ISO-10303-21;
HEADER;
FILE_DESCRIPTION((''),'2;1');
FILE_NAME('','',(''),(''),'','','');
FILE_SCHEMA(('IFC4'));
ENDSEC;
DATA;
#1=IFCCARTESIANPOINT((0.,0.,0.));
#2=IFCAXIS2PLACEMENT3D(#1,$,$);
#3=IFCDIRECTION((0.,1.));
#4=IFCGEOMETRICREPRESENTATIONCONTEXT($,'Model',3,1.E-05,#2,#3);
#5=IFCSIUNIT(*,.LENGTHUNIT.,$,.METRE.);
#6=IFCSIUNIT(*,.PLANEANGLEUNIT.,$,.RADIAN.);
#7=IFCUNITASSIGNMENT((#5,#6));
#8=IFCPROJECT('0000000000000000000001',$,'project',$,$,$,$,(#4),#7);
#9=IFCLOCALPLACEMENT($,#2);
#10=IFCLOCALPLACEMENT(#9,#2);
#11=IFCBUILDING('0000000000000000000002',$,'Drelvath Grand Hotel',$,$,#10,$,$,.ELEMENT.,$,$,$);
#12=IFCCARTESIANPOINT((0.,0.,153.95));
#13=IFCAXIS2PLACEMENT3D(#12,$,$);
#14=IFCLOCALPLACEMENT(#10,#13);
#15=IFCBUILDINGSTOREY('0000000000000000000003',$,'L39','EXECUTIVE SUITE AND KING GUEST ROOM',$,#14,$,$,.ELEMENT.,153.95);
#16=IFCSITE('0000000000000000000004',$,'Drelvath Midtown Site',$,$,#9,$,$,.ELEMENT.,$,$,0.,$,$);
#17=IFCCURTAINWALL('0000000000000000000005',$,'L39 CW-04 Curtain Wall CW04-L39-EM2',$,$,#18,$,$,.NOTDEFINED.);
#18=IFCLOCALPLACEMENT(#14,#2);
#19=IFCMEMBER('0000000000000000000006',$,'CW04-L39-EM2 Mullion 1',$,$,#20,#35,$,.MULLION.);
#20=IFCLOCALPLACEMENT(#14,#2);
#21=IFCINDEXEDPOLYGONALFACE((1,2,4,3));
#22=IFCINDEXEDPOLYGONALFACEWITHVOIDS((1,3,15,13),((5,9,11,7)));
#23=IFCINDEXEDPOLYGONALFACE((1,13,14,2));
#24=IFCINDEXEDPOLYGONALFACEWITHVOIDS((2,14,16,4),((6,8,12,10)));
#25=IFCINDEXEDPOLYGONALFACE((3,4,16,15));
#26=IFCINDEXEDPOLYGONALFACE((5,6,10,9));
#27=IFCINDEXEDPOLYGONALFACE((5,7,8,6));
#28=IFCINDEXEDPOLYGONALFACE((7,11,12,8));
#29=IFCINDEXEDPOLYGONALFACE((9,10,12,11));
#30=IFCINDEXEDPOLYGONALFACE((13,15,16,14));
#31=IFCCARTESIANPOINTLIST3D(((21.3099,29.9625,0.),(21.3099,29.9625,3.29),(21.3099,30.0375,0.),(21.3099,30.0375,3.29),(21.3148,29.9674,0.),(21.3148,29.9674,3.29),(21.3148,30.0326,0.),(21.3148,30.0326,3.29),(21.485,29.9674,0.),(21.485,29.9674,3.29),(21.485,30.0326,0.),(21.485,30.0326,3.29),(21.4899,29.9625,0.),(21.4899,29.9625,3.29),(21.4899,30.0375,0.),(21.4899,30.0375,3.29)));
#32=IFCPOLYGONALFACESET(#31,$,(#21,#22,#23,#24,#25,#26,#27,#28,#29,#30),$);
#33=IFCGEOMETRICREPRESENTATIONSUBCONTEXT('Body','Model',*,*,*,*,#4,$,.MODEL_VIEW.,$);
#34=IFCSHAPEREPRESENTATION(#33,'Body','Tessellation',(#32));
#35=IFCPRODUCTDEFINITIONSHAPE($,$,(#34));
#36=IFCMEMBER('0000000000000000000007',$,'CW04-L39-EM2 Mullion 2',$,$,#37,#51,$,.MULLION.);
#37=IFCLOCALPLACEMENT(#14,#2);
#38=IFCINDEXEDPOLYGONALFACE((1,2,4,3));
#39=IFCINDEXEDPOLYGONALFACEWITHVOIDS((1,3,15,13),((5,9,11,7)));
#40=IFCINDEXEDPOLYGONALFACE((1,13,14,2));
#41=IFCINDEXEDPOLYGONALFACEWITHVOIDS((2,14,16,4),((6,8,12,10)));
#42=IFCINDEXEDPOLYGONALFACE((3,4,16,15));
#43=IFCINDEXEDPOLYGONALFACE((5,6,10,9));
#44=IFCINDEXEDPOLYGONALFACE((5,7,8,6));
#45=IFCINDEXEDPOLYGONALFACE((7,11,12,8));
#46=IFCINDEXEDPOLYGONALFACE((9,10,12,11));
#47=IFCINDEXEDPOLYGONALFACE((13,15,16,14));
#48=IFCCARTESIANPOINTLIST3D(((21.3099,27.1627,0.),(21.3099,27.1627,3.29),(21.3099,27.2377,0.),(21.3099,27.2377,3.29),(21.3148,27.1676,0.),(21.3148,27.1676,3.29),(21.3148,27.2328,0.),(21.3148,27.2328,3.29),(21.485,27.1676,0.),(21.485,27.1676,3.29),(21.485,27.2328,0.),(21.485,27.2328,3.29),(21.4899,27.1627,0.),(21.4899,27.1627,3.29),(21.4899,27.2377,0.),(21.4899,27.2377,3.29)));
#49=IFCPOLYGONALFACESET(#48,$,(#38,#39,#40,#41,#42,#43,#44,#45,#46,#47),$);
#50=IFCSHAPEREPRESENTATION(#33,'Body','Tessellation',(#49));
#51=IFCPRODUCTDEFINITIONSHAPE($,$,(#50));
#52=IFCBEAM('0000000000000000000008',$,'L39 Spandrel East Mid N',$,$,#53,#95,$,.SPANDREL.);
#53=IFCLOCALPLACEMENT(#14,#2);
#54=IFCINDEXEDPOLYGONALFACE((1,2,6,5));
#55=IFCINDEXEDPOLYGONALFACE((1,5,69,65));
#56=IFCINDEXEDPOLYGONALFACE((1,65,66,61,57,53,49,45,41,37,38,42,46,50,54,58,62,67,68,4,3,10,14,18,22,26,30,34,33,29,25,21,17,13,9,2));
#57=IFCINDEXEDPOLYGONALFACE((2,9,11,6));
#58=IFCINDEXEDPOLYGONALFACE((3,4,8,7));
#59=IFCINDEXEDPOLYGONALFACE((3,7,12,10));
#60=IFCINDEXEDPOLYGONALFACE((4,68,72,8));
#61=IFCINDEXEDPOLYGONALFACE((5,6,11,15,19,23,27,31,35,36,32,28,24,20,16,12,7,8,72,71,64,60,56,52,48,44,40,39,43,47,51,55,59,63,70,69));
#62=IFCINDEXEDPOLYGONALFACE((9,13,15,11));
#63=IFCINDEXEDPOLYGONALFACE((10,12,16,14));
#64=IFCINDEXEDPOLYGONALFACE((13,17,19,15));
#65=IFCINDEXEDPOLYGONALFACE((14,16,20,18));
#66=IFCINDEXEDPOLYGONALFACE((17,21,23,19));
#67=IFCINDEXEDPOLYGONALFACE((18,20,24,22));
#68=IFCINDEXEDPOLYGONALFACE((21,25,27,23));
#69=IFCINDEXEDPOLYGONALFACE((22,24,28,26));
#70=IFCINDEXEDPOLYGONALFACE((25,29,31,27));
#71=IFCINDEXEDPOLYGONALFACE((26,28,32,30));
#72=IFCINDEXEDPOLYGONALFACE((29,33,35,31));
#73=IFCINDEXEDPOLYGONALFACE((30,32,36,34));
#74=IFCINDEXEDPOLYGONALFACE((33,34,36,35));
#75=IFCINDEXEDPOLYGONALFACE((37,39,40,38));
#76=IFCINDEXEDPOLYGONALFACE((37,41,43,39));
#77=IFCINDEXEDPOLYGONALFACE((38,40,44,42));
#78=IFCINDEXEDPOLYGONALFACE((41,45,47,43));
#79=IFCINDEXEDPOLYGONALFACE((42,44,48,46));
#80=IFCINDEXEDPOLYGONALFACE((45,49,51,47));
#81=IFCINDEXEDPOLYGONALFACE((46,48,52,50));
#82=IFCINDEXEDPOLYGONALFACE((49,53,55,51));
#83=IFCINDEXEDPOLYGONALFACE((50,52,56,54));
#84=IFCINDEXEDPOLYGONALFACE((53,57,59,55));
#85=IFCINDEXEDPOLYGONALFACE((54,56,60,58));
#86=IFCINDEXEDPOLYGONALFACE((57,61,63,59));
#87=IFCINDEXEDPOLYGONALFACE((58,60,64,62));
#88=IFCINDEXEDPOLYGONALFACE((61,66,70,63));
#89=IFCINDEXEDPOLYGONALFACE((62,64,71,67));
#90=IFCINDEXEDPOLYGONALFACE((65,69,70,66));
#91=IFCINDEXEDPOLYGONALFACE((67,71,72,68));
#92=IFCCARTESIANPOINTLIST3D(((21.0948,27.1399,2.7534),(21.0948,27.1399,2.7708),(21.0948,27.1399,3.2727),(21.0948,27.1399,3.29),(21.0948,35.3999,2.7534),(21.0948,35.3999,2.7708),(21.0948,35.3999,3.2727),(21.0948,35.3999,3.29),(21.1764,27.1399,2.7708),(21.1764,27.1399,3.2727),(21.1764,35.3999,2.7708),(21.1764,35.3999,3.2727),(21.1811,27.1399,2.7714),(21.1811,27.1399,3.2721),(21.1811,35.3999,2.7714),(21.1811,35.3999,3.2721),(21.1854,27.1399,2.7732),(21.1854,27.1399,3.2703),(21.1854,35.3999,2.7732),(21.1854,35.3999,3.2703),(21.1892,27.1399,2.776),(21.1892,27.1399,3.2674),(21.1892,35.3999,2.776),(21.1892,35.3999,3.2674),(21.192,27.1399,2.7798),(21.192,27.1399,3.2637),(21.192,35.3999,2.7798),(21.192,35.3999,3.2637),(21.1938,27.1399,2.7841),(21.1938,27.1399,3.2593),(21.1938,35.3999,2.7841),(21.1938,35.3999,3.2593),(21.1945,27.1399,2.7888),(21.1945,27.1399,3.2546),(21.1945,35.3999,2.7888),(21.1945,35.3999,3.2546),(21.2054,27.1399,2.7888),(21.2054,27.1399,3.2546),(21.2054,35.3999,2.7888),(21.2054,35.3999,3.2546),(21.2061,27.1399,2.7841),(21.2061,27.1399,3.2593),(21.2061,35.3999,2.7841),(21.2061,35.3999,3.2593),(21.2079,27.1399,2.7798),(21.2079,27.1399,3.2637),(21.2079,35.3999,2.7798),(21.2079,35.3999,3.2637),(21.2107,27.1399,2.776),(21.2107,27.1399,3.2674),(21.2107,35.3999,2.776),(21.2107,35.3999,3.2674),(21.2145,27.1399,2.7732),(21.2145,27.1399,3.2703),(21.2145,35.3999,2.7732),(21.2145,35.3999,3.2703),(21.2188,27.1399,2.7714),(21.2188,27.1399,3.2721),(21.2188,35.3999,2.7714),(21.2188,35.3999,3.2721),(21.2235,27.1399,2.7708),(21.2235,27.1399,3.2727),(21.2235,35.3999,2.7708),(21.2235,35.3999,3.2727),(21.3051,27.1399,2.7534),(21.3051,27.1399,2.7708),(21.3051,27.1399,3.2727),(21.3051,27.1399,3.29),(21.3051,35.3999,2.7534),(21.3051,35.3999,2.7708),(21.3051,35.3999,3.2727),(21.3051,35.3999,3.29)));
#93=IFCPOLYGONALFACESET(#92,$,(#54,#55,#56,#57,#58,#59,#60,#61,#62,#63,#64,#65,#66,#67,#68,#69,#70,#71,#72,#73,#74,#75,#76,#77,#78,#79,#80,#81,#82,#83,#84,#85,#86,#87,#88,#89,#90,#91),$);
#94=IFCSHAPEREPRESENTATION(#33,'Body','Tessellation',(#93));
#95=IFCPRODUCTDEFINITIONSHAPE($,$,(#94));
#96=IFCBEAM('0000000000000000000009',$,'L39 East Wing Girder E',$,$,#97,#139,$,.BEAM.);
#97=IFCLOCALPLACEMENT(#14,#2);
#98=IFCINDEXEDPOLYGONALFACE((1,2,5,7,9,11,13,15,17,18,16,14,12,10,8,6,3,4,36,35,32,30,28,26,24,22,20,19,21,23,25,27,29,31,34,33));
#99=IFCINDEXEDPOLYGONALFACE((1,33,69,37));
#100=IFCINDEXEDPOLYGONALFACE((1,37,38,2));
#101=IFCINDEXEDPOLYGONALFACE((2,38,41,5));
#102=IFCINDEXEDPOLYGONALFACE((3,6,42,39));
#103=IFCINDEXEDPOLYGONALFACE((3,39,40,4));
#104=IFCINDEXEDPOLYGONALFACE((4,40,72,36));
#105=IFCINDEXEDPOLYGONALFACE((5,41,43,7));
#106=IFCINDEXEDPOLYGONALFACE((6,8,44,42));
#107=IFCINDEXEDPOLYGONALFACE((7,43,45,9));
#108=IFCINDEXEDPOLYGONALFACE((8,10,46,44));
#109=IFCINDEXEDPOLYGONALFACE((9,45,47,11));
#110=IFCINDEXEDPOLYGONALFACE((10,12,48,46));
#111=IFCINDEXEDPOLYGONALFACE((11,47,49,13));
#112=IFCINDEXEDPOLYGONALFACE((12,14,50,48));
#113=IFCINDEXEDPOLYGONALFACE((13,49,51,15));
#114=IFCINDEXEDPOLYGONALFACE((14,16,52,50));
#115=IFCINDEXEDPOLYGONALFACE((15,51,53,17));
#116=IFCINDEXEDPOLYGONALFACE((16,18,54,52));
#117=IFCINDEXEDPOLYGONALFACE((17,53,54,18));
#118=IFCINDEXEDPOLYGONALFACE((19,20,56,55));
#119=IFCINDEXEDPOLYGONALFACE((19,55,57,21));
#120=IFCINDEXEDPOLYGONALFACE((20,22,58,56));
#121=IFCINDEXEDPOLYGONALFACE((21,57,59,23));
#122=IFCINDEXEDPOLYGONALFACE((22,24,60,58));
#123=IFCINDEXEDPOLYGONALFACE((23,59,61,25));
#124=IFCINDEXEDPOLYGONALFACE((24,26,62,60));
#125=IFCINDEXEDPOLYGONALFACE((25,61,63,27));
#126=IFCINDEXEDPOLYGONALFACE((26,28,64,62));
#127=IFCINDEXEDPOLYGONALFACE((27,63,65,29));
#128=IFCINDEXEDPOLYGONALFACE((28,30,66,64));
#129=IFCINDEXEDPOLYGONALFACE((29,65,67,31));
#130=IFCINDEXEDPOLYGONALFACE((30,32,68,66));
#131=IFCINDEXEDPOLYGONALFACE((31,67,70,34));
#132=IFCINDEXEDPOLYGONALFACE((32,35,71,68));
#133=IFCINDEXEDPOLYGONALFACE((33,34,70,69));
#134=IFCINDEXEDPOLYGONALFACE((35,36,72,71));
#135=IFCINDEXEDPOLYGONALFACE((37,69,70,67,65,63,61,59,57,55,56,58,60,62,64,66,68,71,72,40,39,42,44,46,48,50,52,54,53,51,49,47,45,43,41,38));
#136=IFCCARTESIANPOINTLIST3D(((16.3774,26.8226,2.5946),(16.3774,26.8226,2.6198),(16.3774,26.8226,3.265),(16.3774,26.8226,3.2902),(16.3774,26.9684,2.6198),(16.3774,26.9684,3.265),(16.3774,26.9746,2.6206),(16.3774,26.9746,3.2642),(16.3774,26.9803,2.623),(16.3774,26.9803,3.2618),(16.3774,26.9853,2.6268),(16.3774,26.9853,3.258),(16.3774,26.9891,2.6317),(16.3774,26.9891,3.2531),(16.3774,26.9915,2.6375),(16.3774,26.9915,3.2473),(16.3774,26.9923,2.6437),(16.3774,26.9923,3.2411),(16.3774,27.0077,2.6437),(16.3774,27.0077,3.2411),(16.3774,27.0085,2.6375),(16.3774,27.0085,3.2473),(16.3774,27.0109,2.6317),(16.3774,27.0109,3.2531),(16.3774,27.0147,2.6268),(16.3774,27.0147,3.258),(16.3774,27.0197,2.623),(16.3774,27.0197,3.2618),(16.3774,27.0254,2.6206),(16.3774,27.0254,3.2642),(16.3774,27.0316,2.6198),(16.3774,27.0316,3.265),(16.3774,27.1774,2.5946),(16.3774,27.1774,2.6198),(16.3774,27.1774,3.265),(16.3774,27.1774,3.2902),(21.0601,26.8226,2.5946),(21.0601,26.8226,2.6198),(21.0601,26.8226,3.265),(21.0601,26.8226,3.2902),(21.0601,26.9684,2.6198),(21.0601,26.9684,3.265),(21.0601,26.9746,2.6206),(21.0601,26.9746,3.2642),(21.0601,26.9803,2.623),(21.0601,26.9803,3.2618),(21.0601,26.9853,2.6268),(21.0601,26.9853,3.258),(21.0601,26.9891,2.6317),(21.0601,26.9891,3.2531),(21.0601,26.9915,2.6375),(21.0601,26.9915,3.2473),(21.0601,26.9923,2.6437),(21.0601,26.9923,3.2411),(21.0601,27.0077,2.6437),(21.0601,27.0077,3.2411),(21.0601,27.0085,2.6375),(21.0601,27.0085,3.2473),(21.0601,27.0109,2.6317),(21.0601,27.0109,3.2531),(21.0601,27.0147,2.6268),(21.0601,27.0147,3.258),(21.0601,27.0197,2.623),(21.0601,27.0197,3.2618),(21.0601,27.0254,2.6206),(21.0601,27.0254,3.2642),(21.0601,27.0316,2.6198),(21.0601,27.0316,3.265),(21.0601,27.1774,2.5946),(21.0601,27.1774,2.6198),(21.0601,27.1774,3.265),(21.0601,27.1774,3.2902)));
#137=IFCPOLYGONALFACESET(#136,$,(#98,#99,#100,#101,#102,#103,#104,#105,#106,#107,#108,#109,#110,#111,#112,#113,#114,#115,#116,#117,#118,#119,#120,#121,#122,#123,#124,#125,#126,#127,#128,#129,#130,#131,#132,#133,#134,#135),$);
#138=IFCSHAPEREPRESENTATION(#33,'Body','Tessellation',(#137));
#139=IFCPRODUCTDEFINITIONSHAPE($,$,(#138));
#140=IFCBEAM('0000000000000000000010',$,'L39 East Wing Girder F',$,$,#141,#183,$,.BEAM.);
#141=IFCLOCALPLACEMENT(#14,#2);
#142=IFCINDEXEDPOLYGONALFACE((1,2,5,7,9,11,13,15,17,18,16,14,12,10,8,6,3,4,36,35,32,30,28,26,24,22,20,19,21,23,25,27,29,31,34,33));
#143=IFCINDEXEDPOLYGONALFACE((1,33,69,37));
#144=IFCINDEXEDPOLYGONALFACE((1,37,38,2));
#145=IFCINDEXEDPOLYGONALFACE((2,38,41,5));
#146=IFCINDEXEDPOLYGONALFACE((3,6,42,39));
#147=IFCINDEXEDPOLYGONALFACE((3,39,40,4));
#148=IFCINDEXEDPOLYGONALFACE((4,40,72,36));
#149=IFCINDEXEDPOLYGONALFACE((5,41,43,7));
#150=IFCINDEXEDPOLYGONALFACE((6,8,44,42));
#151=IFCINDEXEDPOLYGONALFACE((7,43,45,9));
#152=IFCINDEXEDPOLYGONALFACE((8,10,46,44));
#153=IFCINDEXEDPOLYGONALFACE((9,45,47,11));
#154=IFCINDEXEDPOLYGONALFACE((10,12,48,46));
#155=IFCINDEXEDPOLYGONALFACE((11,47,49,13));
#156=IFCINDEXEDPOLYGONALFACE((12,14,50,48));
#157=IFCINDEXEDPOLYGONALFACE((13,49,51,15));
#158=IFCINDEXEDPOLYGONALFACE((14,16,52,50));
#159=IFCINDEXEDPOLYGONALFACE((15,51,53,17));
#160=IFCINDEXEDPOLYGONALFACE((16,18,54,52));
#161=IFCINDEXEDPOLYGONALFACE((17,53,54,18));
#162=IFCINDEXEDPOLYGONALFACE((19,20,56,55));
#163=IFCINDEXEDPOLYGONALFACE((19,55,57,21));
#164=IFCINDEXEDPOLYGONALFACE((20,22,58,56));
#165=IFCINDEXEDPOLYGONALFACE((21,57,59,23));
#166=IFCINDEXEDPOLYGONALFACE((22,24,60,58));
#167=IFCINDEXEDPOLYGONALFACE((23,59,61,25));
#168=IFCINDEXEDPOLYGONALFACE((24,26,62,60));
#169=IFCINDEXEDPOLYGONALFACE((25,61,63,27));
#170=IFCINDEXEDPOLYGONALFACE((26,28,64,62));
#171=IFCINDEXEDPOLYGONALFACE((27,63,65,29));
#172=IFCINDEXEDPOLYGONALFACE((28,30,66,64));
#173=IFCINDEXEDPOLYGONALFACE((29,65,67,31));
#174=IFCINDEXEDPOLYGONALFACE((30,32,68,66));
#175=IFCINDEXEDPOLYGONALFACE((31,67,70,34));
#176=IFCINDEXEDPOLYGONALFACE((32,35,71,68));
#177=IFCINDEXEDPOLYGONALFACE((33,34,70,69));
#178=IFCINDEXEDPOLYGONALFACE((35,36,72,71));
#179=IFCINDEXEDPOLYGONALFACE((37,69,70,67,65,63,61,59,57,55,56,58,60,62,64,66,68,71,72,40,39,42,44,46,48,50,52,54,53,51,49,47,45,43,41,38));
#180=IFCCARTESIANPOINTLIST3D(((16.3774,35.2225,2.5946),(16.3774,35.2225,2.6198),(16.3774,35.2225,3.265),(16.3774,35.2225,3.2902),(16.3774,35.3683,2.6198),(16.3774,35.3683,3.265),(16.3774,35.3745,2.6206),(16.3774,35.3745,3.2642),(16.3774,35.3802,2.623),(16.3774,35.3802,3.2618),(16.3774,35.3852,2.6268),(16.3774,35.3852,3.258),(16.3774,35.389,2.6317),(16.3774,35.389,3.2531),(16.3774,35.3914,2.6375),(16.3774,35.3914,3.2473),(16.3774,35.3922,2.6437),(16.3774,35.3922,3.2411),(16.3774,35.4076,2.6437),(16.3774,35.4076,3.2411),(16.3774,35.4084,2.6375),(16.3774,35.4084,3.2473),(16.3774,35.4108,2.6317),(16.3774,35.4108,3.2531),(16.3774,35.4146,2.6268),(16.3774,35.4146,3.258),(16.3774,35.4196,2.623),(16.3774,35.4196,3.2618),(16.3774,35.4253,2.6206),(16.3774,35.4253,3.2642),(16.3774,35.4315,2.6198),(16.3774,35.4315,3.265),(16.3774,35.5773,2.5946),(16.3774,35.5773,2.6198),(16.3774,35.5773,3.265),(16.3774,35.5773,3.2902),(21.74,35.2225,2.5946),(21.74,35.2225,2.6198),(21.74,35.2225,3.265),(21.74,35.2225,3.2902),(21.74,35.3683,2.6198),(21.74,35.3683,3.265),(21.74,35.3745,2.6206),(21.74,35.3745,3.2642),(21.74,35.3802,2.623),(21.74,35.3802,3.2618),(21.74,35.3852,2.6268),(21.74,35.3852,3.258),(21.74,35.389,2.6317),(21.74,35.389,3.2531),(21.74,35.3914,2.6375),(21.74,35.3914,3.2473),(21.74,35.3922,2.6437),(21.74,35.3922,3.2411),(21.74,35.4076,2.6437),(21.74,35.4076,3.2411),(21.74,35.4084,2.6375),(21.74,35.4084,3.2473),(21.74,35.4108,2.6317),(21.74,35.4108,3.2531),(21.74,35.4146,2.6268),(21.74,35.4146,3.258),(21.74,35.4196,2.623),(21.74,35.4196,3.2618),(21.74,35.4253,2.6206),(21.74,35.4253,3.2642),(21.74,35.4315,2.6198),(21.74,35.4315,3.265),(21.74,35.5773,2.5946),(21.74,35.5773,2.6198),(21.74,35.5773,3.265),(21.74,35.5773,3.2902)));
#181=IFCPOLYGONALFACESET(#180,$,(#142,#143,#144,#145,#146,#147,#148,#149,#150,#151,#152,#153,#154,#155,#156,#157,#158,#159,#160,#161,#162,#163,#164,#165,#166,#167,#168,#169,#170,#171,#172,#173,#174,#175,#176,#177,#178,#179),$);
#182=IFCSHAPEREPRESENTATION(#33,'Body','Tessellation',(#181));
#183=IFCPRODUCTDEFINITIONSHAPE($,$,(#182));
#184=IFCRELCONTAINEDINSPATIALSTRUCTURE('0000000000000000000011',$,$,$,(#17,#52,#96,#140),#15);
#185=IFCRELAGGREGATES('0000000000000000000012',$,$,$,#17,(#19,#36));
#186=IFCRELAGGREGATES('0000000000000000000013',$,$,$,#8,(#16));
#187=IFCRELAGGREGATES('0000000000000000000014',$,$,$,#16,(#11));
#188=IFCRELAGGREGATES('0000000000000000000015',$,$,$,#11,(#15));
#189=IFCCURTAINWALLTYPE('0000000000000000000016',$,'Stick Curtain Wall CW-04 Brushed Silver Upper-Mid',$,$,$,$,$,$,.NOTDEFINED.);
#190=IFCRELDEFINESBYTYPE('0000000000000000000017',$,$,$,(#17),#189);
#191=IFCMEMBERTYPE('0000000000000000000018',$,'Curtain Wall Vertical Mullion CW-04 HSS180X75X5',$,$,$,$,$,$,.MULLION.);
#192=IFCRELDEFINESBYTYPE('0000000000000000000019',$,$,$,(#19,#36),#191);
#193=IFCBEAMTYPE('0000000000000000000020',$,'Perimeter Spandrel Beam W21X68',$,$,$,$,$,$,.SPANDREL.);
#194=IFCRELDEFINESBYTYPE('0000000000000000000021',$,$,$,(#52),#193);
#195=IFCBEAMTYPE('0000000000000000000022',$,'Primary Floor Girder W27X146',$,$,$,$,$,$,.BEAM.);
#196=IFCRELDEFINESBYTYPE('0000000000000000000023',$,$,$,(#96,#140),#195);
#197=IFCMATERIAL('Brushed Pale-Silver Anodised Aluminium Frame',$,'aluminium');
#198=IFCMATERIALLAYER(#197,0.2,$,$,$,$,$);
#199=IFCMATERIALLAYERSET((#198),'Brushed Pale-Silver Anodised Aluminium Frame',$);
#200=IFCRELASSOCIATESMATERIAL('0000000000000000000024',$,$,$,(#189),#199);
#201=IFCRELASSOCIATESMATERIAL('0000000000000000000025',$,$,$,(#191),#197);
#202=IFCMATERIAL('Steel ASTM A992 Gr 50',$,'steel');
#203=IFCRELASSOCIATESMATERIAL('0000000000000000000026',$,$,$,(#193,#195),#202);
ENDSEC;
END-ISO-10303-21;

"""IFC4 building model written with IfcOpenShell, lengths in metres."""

from ifc_helpers import new_model, si_unit, direction, frame, origin, origin_2d, place, context, subcontext, project, spatial, hollow_rectangle, i_section, extrude, material, layer, layer_set, material_profile, profile_set, type_object, element, aggregate, save


model = new_model("IFC4")

# Units and contexts
model_context = context("Model", 3, precision=1e-05, world=origin(), true_north=direction((0.0, 1.0)))
body_context = subcontext(model_context, "Body", "Model", "MODEL_VIEW")
ifc_project = project(units=[si_unit("LENGTHUNIT", "METRE"), si_unit("PLANEANGLEUNIT", "RADIAN")], contexts=[model_context])

# Site, building, storey
site_placement = place(None, origin())
site = spatial("IfcSite", under=ifc_project, at=site_placement, Name="Drelvath Midtown Site", CompositionType="ELEMENT", RefElevation=0.0)
building_placement = place(site_placement, origin())
building = spatial("IfcBuilding", under=site, at=building_placement, Name="Drelvath Grand Hotel", CompositionType="ELEMENT")
storey_placement = place(building_placement, frame((0.0, 0.0, 153.95)))
storey = spatial("IfcBuildingStorey", under=building, at=storey_placement, Name="L39", Description="EXECUTIVE SUITE AND KING GUEST ROOM", CompositionType="ELEMENT", Elevation=153.95)

# Curtain wall
ifc_material_1 = material(Name="Brushed Pale-Silver Anodised Aluminium Frame", Category="aluminium")
ifc_layer_1 = layer(ifc_material_1, 0.2)
ifc_layer_set_1 = layer_set([ifc_layer_1], Name="Brushed Pale-Silver Anodised Aluminium Frame")
curtain_wall_type = type_object("IfcCurtainWallType", Name="Stick Curtain Wall CW-04 Brushed Silver Upper-Mid", PredefinedType="NOTDEFINED", material=ifc_layer_set_1)
curtain_wall_1_placement = place(storey_placement, origin())
curtain_wall_1 = element("IfcCurtainWall", 1, at=curtain_wall_1_placement, inside=storey, type_object=curtain_wall_type, Name="L39 CW-04 Curtain Wall CW04-L39-EM2", PredefinedType="NOTDEFINED")

# Members
ifc_material_profile_1 = material_profile(ifc_material_1, hollow_rectangle(XDim=0.075, YDim=0.1799, WallThickness=0.0049, at=origin_2d()), Name="HSS180X75X5")
ifc_profile_set_1 = profile_set([ifc_material_profile_1], Name="Brushed Pale-Silver Anodised Aluminium Frame")
member_type_1 = type_object("IfcMemberType", Name="Curtain Wall Vertical Mullion CW-04 HSS180X75X5", PredefinedType="MULLION", material=ifc_profile_set_1)
member_1_placement = place(storey_placement, frame((21.3999, 30.0, 0.0), z_axis=(0.0, 0.0, 1.0), x_axis=(0.0, 1.0, 0.0)))
member_1 = element("IfcMember", 2, at=member_1_placement, type_object=member_type_1, Name="CW04-L39-EM2 Mullion 1", PredefinedType="MULLION", context=body_context, shape_type="SweptSolid", body=[
    extrude(hollow_rectangle(XDim=0.075, YDim=0.1799, WallThickness=0.0049, at=origin_2d()), origin(), (0.0, 0.0, 1.0), 3.29),
])
member_2_placement = place(storey_placement, frame((21.3999, 27.2002, 0.0), z_axis=(0.0, 0.0, 1.0), x_axis=(0.0, 1.0, 0.0)))
member_2 = element("IfcMember", 3, at=member_2_placement, type_object=member_type_1, Name="CW04-L39-EM2 Mullion 2", PredefinedType="MULLION", context=body_context, shape_type="SweptSolid", body=[
    extrude(hollow_rectangle(XDim=0.075, YDim=0.1799, WallThickness=0.0049, at=origin_2d()), origin(), (0.0, 0.0, 1.0), 3.29),
])

# Beams
ifc_material_2 = material(Name="Steel ASTM A992 Gr 50", Category="steel")
ifc_material_profile_2 = material_profile(ifc_material_2, i_section(OverallWidth=0.2102, OverallDepth=0.5366, WebThickness=0.011, FlangeThickness=0.0173, FilletRadius=0.0181, at=origin_2d()), Name="W21X68")
ifc_profile_set_2 = profile_set([ifc_material_profile_2], Name="Steel ASTM A992 Gr 50")
beam_type_1 = type_object("IfcBeamType", Name="Perimeter Spandrel Beam W21X68", PredefinedType="SPANDREL", material=ifc_profile_set_2)
beam_1_placement = place(storey_placement, frame((21.2, 27.1399, 3.0217), z_axis=(0.0, 1.0, 0.0), x_axis=(-1.0, 0.0, 0.0)))
element("IfcBeam", 4, at=beam_1_placement, inside=storey, type_object=beam_type_1, Name="L39 Spandrel East Mid N", PredefinedType="SPANDREL", context=body_context, shape_type="SweptSolid", body=[
    extrude(i_section(OverallWidth=0.2102, OverallDepth=0.5366, WebThickness=0.011, FlangeThickness=0.0173, FilletRadius=0.0181, at=origin_2d()), origin(), (0.0, 0.0, 1.0), 8.26),
])
ifc_material_profile_3 = material_profile(ifc_material_2, i_section(OverallWidth=0.3547, OverallDepth=0.6956, WebThickness=0.0154, FlangeThickness=0.0251, FilletRadius=0.0239, at=origin_2d()), Name="W27X146")
ifc_profile_set_3 = profile_set([ifc_material_profile_3], Name="Steel ASTM A992 Gr 50")
beam_type_2 = type_object("IfcBeamType", Name="Primary Floor Girder W27X146", PredefinedType="BEAM", material=ifc_profile_set_3)
beam_2_placement = place(storey_placement, frame((16.3774, 27.0, 2.9424), z_axis=(1.0, 0.0, 0.0), x_axis=(0.0, 1.0, 0.0)))
element("IfcBeam", 5, at=beam_2_placement, inside=storey, type_object=beam_type_2, Name="L39 East Wing Girder E", PredefinedType="BEAM", context=body_context, shape_type="SweptSolid", body=[
    extrude(i_section(OverallWidth=0.3547, OverallDepth=0.6956, WebThickness=0.0154, FlangeThickness=0.0251, FilletRadius=0.0239, at=origin_2d()), origin(), (0.0, 0.0, 1.0), 4.6826),
])
beam_3_placement = place(storey_placement, frame((16.3774, 35.3999, 2.9424), z_axis=(1.0, 0.0, 0.0), x_axis=(0.0, 1.0, 0.0)))
element("IfcBeam", 6, at=beam_3_placement, inside=storey, type_object=beam_type_2, Name="L39 East Wing Girder F", PredefinedType="BEAM", context=body_context, shape_type="SweptSolid", body=[
    extrude(i_section(OverallWidth=0.3547, OverallDepth=0.6956, WebThickness=0.0154, FlangeThickness=0.0251, FilletRadius=0.0239, at=origin_2d()), origin(), (0.0, 0.0, 1.0), 5.3625),
])

aggregate(curtain_wall_1, [member_1, member_2])

save(model, "model.ifc")
